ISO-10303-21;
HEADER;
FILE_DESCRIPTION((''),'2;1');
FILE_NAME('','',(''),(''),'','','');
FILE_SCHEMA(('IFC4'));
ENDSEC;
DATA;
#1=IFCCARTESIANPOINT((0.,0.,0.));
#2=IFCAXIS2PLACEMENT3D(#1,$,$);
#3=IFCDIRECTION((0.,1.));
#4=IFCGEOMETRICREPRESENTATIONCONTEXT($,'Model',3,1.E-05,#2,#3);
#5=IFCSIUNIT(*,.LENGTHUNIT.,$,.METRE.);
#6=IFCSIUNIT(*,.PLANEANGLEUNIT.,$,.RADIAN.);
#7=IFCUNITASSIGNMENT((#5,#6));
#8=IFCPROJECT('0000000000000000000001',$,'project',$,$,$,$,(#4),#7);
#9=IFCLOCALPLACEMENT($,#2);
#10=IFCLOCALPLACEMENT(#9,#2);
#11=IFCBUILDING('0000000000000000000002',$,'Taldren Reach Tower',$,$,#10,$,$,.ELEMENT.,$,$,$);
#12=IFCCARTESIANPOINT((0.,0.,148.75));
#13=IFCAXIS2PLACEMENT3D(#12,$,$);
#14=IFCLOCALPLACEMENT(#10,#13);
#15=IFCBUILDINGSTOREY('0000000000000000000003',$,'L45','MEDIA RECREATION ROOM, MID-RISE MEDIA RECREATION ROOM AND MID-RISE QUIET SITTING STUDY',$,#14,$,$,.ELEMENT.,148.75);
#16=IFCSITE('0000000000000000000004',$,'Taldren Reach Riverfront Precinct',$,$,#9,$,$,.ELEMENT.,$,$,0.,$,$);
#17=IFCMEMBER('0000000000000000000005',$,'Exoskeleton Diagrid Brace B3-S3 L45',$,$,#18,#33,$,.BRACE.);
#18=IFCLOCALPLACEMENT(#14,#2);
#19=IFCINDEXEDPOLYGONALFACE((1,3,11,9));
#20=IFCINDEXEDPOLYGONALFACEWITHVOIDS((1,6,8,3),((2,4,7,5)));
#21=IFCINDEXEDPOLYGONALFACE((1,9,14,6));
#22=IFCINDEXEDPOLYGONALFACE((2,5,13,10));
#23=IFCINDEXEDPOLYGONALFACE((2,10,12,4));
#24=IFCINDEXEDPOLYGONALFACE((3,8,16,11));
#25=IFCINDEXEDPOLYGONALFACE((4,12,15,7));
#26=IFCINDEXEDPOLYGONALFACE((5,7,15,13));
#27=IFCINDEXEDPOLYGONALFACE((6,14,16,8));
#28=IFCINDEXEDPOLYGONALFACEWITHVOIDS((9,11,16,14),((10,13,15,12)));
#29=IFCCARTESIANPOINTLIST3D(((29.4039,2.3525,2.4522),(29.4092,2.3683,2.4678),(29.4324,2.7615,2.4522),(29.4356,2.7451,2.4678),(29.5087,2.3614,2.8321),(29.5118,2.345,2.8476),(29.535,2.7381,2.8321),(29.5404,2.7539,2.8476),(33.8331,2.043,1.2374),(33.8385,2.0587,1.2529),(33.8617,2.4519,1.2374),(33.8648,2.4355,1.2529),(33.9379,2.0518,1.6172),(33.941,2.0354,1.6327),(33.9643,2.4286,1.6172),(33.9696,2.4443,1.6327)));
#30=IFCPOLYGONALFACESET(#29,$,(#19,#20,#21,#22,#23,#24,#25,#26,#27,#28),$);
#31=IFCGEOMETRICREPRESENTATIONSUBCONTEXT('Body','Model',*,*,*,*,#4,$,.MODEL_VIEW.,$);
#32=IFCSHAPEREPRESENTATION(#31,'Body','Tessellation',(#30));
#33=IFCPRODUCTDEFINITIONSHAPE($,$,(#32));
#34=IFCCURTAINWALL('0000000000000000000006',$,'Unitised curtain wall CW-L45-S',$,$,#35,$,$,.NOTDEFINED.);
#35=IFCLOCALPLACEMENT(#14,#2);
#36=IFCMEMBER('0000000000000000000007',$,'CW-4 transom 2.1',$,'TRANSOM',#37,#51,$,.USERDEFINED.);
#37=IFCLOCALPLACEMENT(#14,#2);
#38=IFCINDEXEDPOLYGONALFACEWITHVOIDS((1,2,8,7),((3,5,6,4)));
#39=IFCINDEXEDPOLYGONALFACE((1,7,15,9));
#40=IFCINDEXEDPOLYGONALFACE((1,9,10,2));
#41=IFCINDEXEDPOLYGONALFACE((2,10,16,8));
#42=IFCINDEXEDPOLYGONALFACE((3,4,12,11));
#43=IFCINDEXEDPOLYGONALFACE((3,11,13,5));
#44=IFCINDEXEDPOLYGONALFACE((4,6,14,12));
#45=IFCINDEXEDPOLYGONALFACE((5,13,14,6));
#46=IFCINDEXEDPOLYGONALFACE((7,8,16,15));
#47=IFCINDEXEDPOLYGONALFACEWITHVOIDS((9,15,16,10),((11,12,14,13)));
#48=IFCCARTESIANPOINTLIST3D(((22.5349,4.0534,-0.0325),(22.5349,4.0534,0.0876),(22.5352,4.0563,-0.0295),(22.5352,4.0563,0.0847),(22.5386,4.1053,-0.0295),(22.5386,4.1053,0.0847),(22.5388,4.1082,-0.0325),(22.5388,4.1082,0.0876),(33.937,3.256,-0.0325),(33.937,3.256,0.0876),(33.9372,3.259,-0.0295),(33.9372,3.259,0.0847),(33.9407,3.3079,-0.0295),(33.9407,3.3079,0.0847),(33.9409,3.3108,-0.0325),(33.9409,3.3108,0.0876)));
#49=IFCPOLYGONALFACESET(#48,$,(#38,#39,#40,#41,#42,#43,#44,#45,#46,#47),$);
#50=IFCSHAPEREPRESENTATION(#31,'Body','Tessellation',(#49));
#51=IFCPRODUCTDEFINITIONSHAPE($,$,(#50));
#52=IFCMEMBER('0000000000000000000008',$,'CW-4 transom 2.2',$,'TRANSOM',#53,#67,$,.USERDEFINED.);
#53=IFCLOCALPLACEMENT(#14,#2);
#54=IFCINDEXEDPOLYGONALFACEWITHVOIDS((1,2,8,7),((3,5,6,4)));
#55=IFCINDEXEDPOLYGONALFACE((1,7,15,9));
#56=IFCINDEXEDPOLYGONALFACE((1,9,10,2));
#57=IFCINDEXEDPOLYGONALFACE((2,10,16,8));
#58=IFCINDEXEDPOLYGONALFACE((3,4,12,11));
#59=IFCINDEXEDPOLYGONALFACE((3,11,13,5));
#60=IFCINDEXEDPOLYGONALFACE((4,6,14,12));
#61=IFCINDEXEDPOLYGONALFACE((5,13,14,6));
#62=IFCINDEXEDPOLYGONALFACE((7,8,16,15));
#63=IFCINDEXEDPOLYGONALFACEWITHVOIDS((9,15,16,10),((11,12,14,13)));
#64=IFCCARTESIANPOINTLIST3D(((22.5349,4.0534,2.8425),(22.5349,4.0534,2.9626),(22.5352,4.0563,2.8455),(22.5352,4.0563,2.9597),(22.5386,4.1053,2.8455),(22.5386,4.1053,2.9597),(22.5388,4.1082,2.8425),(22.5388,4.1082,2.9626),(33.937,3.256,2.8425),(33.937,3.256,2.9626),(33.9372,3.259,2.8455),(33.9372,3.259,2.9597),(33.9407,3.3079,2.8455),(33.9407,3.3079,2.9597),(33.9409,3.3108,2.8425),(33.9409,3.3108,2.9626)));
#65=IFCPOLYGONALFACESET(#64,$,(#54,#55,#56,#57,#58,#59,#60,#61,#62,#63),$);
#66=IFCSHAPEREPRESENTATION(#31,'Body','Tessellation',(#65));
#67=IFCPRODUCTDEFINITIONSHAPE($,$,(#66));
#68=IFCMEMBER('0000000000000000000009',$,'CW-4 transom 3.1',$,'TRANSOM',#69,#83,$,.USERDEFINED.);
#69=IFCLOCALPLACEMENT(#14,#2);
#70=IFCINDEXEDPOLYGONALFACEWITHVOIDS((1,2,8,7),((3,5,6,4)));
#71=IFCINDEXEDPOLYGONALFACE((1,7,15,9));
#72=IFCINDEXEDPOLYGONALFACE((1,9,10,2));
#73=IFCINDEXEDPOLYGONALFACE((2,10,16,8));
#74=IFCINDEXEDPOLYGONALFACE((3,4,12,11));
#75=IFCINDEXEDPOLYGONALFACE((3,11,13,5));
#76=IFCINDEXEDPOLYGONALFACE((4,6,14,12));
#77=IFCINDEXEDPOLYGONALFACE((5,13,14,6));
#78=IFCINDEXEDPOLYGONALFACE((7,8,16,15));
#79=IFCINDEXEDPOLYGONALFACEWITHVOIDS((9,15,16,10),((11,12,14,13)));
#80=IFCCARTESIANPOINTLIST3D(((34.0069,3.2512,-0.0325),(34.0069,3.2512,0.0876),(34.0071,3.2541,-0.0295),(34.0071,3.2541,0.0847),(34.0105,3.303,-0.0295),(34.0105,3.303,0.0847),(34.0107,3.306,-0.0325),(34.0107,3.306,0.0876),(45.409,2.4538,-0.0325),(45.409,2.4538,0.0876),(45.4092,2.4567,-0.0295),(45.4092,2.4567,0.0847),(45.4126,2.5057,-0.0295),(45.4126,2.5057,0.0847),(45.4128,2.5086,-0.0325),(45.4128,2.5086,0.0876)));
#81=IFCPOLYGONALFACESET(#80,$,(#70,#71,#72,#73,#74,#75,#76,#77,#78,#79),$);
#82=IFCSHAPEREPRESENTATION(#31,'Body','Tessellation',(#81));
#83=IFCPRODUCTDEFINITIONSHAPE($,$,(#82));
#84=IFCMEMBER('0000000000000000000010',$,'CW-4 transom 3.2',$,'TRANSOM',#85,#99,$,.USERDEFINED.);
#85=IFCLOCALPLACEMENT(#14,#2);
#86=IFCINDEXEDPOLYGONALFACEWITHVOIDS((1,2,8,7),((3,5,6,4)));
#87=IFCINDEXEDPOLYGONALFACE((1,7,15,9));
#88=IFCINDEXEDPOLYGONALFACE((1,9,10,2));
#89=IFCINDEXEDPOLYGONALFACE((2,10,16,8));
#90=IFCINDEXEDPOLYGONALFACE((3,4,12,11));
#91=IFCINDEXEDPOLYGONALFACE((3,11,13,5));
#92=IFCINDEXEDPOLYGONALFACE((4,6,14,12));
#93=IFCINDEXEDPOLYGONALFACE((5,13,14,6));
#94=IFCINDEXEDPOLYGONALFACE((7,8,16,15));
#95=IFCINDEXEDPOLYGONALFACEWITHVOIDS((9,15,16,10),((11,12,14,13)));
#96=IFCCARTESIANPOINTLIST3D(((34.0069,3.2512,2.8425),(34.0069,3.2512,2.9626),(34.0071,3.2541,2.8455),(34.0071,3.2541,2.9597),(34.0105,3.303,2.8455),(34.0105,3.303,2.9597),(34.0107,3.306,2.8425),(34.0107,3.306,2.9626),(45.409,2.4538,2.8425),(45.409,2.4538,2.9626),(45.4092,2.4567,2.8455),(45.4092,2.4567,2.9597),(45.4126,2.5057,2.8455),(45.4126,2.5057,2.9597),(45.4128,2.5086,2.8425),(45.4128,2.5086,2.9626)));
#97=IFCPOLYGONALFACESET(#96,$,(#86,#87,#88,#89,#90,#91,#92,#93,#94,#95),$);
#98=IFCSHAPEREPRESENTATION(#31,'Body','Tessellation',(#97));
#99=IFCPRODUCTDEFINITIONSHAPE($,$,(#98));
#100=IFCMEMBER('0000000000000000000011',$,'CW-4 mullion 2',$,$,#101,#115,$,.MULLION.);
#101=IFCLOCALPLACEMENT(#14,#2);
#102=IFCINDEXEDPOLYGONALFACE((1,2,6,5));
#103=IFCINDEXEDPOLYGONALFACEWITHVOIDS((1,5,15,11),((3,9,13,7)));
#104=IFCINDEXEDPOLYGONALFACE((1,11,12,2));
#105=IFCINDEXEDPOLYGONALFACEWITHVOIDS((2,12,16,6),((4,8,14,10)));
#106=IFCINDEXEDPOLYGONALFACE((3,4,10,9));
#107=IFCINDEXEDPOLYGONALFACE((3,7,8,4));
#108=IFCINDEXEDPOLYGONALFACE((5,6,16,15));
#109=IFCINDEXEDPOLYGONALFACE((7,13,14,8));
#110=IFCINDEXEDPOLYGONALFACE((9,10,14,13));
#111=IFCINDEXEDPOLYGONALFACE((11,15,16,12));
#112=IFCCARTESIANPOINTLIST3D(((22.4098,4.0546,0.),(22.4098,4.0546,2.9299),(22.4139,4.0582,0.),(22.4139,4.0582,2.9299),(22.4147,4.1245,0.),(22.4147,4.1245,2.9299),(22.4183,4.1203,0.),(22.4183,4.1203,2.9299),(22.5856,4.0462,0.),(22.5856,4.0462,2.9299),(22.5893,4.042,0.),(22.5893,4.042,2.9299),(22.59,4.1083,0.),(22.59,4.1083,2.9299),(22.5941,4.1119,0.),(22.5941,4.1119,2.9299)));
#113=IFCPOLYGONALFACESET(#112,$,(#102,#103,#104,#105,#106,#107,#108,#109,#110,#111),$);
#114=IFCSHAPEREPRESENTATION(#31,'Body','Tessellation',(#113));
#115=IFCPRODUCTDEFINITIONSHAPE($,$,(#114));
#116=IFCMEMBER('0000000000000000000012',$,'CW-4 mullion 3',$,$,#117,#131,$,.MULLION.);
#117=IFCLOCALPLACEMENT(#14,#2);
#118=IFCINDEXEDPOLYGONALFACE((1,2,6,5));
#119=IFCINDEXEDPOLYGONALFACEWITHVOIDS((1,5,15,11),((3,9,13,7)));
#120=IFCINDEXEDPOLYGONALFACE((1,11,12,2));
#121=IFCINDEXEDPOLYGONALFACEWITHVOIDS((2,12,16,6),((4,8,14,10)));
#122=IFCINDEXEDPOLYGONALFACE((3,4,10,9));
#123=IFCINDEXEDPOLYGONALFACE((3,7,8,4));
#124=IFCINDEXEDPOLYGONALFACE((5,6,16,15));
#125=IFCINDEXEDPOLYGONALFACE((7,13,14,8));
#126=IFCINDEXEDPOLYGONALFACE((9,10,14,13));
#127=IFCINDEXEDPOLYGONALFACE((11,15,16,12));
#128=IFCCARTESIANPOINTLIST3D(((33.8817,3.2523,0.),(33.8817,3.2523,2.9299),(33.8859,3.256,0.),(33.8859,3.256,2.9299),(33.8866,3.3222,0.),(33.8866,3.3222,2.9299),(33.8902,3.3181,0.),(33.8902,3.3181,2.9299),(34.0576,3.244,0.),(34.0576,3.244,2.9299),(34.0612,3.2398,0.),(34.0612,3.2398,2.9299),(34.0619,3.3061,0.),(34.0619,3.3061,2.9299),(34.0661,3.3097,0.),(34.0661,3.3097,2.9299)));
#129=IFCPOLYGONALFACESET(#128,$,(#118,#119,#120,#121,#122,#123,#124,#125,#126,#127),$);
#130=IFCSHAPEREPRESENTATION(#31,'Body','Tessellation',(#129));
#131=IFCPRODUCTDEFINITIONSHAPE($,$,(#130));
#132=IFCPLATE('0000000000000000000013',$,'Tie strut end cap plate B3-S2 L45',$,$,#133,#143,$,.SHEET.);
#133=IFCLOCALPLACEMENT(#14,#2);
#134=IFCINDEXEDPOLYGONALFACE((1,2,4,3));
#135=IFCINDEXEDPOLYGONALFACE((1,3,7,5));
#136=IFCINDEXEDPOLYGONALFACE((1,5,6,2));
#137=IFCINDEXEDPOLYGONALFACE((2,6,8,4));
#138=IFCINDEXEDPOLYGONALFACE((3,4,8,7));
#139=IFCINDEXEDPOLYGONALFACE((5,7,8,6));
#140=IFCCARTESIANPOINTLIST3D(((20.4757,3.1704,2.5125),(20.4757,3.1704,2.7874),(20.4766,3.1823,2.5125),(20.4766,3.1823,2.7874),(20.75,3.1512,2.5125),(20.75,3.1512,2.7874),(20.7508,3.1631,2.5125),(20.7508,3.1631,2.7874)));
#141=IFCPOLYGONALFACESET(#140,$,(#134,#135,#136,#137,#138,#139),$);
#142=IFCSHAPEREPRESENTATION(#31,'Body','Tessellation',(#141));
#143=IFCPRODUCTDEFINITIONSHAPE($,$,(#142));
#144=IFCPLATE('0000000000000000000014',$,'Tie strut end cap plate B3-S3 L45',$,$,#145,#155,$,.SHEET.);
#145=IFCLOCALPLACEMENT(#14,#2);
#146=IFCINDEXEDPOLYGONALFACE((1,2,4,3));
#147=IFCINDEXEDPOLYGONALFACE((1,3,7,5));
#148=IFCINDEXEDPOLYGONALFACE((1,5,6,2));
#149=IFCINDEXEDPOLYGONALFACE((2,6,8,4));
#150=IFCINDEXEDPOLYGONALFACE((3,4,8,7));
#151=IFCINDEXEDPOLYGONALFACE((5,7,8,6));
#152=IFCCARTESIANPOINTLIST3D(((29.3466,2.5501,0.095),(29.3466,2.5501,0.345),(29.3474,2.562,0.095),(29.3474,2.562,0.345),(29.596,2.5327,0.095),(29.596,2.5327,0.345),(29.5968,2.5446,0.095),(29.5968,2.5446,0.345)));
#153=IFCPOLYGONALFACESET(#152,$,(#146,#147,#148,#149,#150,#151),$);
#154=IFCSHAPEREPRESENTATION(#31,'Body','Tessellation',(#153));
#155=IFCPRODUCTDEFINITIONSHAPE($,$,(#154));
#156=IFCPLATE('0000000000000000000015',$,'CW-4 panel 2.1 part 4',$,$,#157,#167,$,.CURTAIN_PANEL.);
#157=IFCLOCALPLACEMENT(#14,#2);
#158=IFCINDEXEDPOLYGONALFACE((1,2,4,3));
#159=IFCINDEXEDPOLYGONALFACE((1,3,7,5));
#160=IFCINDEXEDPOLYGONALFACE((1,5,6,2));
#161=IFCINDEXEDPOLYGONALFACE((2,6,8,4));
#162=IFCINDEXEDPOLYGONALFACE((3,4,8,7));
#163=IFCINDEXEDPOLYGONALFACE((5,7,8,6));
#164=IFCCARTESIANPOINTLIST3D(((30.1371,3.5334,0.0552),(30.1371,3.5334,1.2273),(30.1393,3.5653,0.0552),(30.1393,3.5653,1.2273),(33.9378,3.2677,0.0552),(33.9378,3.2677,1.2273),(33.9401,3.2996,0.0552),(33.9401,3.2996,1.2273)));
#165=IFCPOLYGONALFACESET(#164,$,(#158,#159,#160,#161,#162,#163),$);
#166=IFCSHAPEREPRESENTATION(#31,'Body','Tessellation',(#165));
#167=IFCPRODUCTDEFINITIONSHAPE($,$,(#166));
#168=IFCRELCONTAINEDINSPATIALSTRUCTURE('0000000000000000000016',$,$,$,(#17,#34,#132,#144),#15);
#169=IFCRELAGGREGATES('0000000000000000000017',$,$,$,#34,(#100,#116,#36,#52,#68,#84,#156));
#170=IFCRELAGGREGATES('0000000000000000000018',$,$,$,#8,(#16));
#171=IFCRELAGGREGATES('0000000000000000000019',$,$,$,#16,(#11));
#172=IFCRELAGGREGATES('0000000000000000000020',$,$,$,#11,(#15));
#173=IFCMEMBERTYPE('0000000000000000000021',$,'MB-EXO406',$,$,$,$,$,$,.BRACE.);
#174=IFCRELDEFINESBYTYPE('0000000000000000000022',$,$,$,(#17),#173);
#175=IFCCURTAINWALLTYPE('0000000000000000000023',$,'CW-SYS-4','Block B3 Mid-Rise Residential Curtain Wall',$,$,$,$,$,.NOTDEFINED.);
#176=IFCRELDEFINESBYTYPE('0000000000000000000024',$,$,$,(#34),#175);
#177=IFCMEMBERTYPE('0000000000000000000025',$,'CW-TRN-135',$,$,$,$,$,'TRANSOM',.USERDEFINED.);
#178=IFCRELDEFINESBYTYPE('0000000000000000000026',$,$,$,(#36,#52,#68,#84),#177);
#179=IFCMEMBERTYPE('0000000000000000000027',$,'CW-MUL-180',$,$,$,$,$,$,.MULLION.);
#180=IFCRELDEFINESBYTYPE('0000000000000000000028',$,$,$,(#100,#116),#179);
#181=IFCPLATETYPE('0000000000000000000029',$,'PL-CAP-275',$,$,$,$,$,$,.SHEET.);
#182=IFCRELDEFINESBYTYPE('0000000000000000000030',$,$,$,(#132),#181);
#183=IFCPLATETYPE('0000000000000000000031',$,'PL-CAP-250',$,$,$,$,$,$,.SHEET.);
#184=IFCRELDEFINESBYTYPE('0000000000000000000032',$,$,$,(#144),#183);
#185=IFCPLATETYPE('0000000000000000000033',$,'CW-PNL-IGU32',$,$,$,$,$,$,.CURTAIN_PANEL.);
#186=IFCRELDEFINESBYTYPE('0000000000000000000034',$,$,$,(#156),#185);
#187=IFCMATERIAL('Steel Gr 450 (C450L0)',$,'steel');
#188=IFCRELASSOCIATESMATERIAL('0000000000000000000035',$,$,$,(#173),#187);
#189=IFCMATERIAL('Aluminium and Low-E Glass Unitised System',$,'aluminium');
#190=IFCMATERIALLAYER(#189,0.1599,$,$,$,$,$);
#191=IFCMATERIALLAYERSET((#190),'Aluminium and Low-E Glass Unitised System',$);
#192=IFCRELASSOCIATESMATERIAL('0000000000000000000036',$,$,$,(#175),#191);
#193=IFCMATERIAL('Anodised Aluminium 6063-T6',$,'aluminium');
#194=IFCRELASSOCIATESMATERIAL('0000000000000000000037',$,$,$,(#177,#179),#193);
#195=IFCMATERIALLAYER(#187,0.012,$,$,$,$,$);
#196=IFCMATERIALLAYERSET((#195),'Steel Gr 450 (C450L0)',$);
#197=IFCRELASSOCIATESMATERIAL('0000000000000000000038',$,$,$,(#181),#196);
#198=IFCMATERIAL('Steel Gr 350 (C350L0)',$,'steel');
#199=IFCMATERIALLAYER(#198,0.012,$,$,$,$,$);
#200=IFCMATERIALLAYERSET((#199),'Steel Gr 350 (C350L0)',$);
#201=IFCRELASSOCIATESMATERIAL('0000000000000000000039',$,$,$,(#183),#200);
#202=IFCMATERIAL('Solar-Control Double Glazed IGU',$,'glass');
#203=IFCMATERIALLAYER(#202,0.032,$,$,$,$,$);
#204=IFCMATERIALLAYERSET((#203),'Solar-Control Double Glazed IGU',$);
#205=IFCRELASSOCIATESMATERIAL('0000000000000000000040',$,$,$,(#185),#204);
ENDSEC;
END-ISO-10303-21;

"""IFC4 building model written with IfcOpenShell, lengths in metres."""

from ifc_helpers import new_model, si_unit, direction, frame, origin, origin_2d, place, context, subcontext, project, spatial, rectangle, hollow_rectangle, extrude, source, transform, mapped, material, layer, layer_set, material_profile, profile_set, type_object, element, aggregate, save


model = new_model("IFC4")

# Units and contexts
model_context = context("Model", 3, precision=1e-05, world=origin(), true_north=direction((0.0, 1.0)))
body_context = subcontext(model_context, "Body", "Model", "MODEL_VIEW")
ifc_project = project(units=[si_unit("LENGTHUNIT", "METRE"), si_unit("PLANEANGLEUNIT", "RADIAN")], contexts=[model_context])

# Site, building, storey
site_placement = place(None, origin())
site = spatial("IfcSite", under=ifc_project, at=site_placement, Name="Taldren Reach Riverfront Precinct", CompositionType="ELEMENT", RefElevation=0.0)
building_placement = place(site_placement, origin())
building = spatial("IfcBuilding", under=site, at=building_placement, Name="Taldren Reach Tower", CompositionType="ELEMENT")
storey_placement = place(building_placement, frame((0.0, 0.0, 148.75)))
storey = spatial("IfcBuildingStorey", under=building, at=storey_placement, Name="L45", Description="MEDIA RECREATION ROOM, MID-RISE MEDIA RECREATION ROOM AND MID-RISE QUIET SITTING STUDY", CompositionType="ELEMENT", Elevation=148.75)

# Shared definitions
ifc_material_1 = material(Name="Steel Gr 450 (C450L0)", Category="steel")
ifc_material_2 = material(Name="Steel Gr 350 (C350L0)", Category="steel")

# Member
ifc_material_profile_1 = material_profile(ifc_material_1, hollow_rectangle(XDim=0.4099, YDim=0.4099, WallThickness=0.0161, at=origin_2d()), Name="410x410x16.0SHS")
ifc_profile_set_1 = profile_set([ifc_material_profile_1], Name="Steel Gr 450 (C450L0)")
member_type_1 = type_object("IfcMemberType", Name="MB-EXO406", PredefinedType="BRACE", material=ifc_profile_set_1)
shared_shape_1 = source(origin(), body_context, "Body", "SweptSolid", [
    extrude(hollow_rectangle(XDim=0.4099, YDim=0.4099, WallThickness=0.0161, at=origin_2d()), origin(), (0.0, 0.0, 1.0), 4.6033),
])
for number, where, z_axis, x_axis, name in (
    (1, (33.9014, 2.2437, 1.4351), (-0.962199, 0.067251, 0.263913), (-0.069723, -0.997566, 0.0), "Exoskeleton Diagrid Brace B3-S3 L45"),
):
    element("IfcMember", number, at=place(storey_placement, frame(where, z_axis=z_axis, x_axis=x_axis)), inside=storey, type_object=member_type_1, Name=name, PredefinedType="BRACE", context=body_context, shape_type="MappedRepresentation", body=[
        mapped(shared_shape_1, transform((0.0, 0.0, 0.0), scale=1.0)),
    ])

# Curtain wall, members
ifc_material_3 = material(Name="Aluminium and Low-E Glass Unitised System", Category="aluminium")
ifc_layer_1 = layer(ifc_material_3, 0.1599)
ifc_layer_set_1 = layer_set([ifc_layer_1], Name="Aluminium and Low-E Glass Unitised System")
curtain_wall_type = type_object("IfcCurtainWallType", Name="CW-SYS-4", Description="Block B3 Mid-Rise Residential Curtain Wall", PredefinedType="NOTDEFINED", material=ifc_layer_set_1)
curtain_wall_placement = place(storey_placement, origin())
curtain_wall = element("IfcCurtainWall", 2, at=curtain_wall_placement, inside=storey, type_object=curtain_wall_type, Name="Unitised curtain wall CW-L45-S", PredefinedType="NOTDEFINED")
ifc_material_4 = material(Name="Anodised Aluminium 6063-T6", Category="aluminium")
ifc_material_profile_2 = material_profile(ifc_material_4, hollow_rectangle(XDim=0.0549, YDim=0.1201, WallThickness=0.0029, at=origin_2d()), Name="ALU-120x55x3RHS")
ifc_profile_set_2 = profile_set([ifc_material_profile_2], Name="Anodised Aluminium 6063-T6")
member_type_2 = type_object("IfcMemberType", Name="CW-TRN-135", ElementType="TRANSOM", PredefinedType="USERDEFINED", material=ifc_profile_set_2)
shared_shape_2 = source(origin(), body_context, "Body", "SweptSolid", [
    extrude(hollow_rectangle(XDim=0.0549, YDim=0.1201, WallThickness=0.0029, at=origin_2d()), origin(), (0.0, 0.0, 1.0), 11.4299),
])
member_1_placement = place(storey_placement, frame((22.5369, 4.0808, 0.0276), z_axis=(0.997564, -0.069761, 0.0), x_axis=(0.069761, 0.997564, 0.0)))
member_1 = element("IfcMember", 3, at=member_1_placement, type_object=member_type_2, Name="CW-4 transom 2.1", ObjectType="TRANSOM", PredefinedType="USERDEFINED", context=body_context, shape_type="MappedRepresentation", body=[
    mapped(shared_shape_2, transform((0.0, 0.0, 0.0), scale=1.0)),
])
member_2_placement = place(storey_placement, frame((22.5369, 4.0808, 2.9026), z_axis=(0.997564, -0.069761, 0.0), x_axis=(0.069761, 0.997564, 0.0)))
member_2 = element("IfcMember", 4, at=member_2_placement, type_object=member_type_2, Name="CW-4 transom 2.2", ObjectType="TRANSOM", PredefinedType="USERDEFINED", context=body_context, shape_type="MappedRepresentation", body=[
    mapped(shared_shape_2, transform((0.0, 0.0, 0.0), scale=1.0)),
])
member_3_placement = place(storey_placement, frame((34.0088, 3.2786, 0.0276), z_axis=(0.997564, -0.069761, 0.0), x_axis=(0.069761, 0.997564, 0.0)))
member_3 = element("IfcMember", 5, at=member_3_placement, type_object=member_type_2, Name="CW-4 transom 3.1", ObjectType="TRANSOM", PredefinedType="USERDEFINED", context=body_context, shape_type="MappedRepresentation", body=[
    mapped(shared_shape_2, transform((0.0, 0.0, 0.0), scale=1.0)),
])
member_4_placement = place(storey_placement, frame((34.0088, 3.2786, 2.9026), z_axis=(0.997564, -0.069761, 0.0), x_axis=(0.069761, 0.997564, 0.0)))
member_4 = element("IfcMember", 6, at=member_4_placement, type_object=member_type_2, Name="CW-4 transom 3.2", ObjectType="TRANSOM", PredefinedType="USERDEFINED", context=body_context, shape_type="MappedRepresentation", body=[
    mapped(shared_shape_2, transform((0.0, 0.0, 0.0), scale=1.0)),
])
ifc_material_profile_3 = material_profile(ifc_material_4, hollow_rectangle(XDim=0.0701, YDim=0.1799, WallThickness=0.0039, at=origin_2d()), Name="ALU-180x70x4RHS")
ifc_profile_set_3 = profile_set([ifc_material_profile_3], Name="Anodised Aluminium 6063-T6")
member_type_3 = type_object("IfcMemberType", Name="CW-MUL-180", PredefinedType="MULLION", material=ifc_profile_set_3)
shared_shape_3 = source(origin(), body_context, "Body", "SweptSolid", [
    extrude(hollow_rectangle(XDim=0.0701, YDim=0.1799, WallThickness=0.0039, at=origin_2d()), origin(), (0.0, 0.0, 1.0), 2.9299),
])
member_5_placement = place(storey_placement, frame((22.502, 4.0833, 0.0), z_axis=(0.0, 0.0, 1.0), x_axis=(0.069757, 0.997564, 0.0)))
member_5 = element("IfcMember", 7, at=member_5_placement, type_object=member_type_3, Name="CW-4 mullion 2", PredefinedType="MULLION", context=body_context, shape_type="MappedRepresentation", body=[
    mapped(shared_shape_3, transform((0.0, 0.0, 0.0), scale=1.0)),
])
member_6_placement = place(storey_placement, frame((33.9739, 3.281, 0.0), z_axis=(0.0, 0.0, 1.0), x_axis=(0.069757, 0.997564, 0.0)))
member_6 = element("IfcMember", 8, at=member_6_placement, type_object=member_type_3, Name="CW-4 mullion 3", PredefinedType="MULLION", context=body_context, shape_type="MappedRepresentation", body=[
    mapped(shared_shape_3, transform((0.0, 0.0, 0.0), scale=1.0)),
])

# Plates
ifc_layer_2 = layer(ifc_material_1, 0.012)
ifc_layer_set_2 = layer_set([ifc_layer_2], Name="Steel Gr 450 (C450L0)")
plate_type_1 = type_object("IfcPlateType", Name="PL-CAP-275", PredefinedType="SHEET", material=ifc_layer_set_2)
shared_shape_4 = source(origin(), body_context, "Body", "SweptSolid", [
    extrude(rectangle(XDim=0.2749, YDim=0.012, at=origin_2d()), origin(), (0.0, 0.0, 1.0), 0.2749),
])
plate_1_placement = place(storey_placement, frame((20.6133, 3.1667, 2.5125), z_axis=(0.0, 0.0, 1.0), x_axis=(0.997564, -0.069756, 0.0)))
element("IfcPlate", 9, at=plate_1_placement, inside=storey, type_object=plate_type_1, Name="Tie strut end cap plate B3-S2 L45", PredefinedType="SHEET", context=body_context, shape_type="MappedRepresentation", body=[
    mapped(shared_shape_4, transform((0.0, 0.0, 0.0), scale=1.0)),
])
ifc_layer_3 = layer(ifc_material_2, 0.012)
ifc_layer_set_3 = layer_set([ifc_layer_3], Name="Steel Gr 350 (C350L0)")
plate_type_2 = type_object("IfcPlateType", Name="PL-CAP-250", PredefinedType="SHEET", material=ifc_layer_set_3)
shared_shape_5 = source(origin(), body_context, "Body", "SweptSolid", [
    extrude(rectangle(XDim=0.25, YDim=0.012, at=origin_2d()), origin(), (0.0, 0.0, 1.0), 0.25),
])
plate_2_placement = place(storey_placement, frame((29.4717, 2.5474, 0.095), z_axis=(0.0, 0.0, 1.0), x_axis=(0.997564, -0.069756, 0.0)))
element("IfcPlate", 10, at=plate_2_placement, inside=storey, type_object=plate_type_2, Name="Tie strut end cap plate B3-S3 L45", PredefinedType="SHEET", context=body_context, shape_type="MappedRepresentation", body=[
    mapped(shared_shape_5, transform((0.0, 0.0, 0.0), scale=1.0)),
])

# Plate
ifc_material_5 = material(Name="Solar-Control Double Glazed IGU", Category="glass")
ifc_layer_4 = layer(ifc_material_5, 0.032)
ifc_layer_set_4 = layer_set([ifc_layer_4], Name="Solar-Control Double Glazed IGU")
plate_type_3 = type_object("IfcPlateType", Name="CW-PNL-IGU32", PredefinedType="CURTAIN_PANEL", material=ifc_layer_set_4)
shared_shape_6 = source(origin(), body_context, "Body", "SweptSolid", [
    extrude(rectangle(XDim=3.8101, YDim=0.032, at=origin_2d()), origin(), (0.0, 0.0, 1.0), 1.1721),
])
plate_3_placement = place(storey_placement, frame((32.0386, 3.4165, 0.0552), z_axis=(0.0, 0.0, 1.0), x_axis=(0.997564, -0.069757, 0.0)))
plate_3 = element("IfcPlate", 11, at=plate_3_placement, type_object=plate_type_3, Name="CW-4 panel 2.1 part 4", PredefinedType="CURTAIN_PANEL", context=body_context, shape_type="MappedRepresentation", body=[
    mapped(shared_shape_6, transform((0.0, 0.0, 0.0), scale=1.0)),
])
aggregate(curtain_wall, [member_5, member_6, member_1, member_2, member_3, member_4, plate_3])

save(model, "model.ifc")
